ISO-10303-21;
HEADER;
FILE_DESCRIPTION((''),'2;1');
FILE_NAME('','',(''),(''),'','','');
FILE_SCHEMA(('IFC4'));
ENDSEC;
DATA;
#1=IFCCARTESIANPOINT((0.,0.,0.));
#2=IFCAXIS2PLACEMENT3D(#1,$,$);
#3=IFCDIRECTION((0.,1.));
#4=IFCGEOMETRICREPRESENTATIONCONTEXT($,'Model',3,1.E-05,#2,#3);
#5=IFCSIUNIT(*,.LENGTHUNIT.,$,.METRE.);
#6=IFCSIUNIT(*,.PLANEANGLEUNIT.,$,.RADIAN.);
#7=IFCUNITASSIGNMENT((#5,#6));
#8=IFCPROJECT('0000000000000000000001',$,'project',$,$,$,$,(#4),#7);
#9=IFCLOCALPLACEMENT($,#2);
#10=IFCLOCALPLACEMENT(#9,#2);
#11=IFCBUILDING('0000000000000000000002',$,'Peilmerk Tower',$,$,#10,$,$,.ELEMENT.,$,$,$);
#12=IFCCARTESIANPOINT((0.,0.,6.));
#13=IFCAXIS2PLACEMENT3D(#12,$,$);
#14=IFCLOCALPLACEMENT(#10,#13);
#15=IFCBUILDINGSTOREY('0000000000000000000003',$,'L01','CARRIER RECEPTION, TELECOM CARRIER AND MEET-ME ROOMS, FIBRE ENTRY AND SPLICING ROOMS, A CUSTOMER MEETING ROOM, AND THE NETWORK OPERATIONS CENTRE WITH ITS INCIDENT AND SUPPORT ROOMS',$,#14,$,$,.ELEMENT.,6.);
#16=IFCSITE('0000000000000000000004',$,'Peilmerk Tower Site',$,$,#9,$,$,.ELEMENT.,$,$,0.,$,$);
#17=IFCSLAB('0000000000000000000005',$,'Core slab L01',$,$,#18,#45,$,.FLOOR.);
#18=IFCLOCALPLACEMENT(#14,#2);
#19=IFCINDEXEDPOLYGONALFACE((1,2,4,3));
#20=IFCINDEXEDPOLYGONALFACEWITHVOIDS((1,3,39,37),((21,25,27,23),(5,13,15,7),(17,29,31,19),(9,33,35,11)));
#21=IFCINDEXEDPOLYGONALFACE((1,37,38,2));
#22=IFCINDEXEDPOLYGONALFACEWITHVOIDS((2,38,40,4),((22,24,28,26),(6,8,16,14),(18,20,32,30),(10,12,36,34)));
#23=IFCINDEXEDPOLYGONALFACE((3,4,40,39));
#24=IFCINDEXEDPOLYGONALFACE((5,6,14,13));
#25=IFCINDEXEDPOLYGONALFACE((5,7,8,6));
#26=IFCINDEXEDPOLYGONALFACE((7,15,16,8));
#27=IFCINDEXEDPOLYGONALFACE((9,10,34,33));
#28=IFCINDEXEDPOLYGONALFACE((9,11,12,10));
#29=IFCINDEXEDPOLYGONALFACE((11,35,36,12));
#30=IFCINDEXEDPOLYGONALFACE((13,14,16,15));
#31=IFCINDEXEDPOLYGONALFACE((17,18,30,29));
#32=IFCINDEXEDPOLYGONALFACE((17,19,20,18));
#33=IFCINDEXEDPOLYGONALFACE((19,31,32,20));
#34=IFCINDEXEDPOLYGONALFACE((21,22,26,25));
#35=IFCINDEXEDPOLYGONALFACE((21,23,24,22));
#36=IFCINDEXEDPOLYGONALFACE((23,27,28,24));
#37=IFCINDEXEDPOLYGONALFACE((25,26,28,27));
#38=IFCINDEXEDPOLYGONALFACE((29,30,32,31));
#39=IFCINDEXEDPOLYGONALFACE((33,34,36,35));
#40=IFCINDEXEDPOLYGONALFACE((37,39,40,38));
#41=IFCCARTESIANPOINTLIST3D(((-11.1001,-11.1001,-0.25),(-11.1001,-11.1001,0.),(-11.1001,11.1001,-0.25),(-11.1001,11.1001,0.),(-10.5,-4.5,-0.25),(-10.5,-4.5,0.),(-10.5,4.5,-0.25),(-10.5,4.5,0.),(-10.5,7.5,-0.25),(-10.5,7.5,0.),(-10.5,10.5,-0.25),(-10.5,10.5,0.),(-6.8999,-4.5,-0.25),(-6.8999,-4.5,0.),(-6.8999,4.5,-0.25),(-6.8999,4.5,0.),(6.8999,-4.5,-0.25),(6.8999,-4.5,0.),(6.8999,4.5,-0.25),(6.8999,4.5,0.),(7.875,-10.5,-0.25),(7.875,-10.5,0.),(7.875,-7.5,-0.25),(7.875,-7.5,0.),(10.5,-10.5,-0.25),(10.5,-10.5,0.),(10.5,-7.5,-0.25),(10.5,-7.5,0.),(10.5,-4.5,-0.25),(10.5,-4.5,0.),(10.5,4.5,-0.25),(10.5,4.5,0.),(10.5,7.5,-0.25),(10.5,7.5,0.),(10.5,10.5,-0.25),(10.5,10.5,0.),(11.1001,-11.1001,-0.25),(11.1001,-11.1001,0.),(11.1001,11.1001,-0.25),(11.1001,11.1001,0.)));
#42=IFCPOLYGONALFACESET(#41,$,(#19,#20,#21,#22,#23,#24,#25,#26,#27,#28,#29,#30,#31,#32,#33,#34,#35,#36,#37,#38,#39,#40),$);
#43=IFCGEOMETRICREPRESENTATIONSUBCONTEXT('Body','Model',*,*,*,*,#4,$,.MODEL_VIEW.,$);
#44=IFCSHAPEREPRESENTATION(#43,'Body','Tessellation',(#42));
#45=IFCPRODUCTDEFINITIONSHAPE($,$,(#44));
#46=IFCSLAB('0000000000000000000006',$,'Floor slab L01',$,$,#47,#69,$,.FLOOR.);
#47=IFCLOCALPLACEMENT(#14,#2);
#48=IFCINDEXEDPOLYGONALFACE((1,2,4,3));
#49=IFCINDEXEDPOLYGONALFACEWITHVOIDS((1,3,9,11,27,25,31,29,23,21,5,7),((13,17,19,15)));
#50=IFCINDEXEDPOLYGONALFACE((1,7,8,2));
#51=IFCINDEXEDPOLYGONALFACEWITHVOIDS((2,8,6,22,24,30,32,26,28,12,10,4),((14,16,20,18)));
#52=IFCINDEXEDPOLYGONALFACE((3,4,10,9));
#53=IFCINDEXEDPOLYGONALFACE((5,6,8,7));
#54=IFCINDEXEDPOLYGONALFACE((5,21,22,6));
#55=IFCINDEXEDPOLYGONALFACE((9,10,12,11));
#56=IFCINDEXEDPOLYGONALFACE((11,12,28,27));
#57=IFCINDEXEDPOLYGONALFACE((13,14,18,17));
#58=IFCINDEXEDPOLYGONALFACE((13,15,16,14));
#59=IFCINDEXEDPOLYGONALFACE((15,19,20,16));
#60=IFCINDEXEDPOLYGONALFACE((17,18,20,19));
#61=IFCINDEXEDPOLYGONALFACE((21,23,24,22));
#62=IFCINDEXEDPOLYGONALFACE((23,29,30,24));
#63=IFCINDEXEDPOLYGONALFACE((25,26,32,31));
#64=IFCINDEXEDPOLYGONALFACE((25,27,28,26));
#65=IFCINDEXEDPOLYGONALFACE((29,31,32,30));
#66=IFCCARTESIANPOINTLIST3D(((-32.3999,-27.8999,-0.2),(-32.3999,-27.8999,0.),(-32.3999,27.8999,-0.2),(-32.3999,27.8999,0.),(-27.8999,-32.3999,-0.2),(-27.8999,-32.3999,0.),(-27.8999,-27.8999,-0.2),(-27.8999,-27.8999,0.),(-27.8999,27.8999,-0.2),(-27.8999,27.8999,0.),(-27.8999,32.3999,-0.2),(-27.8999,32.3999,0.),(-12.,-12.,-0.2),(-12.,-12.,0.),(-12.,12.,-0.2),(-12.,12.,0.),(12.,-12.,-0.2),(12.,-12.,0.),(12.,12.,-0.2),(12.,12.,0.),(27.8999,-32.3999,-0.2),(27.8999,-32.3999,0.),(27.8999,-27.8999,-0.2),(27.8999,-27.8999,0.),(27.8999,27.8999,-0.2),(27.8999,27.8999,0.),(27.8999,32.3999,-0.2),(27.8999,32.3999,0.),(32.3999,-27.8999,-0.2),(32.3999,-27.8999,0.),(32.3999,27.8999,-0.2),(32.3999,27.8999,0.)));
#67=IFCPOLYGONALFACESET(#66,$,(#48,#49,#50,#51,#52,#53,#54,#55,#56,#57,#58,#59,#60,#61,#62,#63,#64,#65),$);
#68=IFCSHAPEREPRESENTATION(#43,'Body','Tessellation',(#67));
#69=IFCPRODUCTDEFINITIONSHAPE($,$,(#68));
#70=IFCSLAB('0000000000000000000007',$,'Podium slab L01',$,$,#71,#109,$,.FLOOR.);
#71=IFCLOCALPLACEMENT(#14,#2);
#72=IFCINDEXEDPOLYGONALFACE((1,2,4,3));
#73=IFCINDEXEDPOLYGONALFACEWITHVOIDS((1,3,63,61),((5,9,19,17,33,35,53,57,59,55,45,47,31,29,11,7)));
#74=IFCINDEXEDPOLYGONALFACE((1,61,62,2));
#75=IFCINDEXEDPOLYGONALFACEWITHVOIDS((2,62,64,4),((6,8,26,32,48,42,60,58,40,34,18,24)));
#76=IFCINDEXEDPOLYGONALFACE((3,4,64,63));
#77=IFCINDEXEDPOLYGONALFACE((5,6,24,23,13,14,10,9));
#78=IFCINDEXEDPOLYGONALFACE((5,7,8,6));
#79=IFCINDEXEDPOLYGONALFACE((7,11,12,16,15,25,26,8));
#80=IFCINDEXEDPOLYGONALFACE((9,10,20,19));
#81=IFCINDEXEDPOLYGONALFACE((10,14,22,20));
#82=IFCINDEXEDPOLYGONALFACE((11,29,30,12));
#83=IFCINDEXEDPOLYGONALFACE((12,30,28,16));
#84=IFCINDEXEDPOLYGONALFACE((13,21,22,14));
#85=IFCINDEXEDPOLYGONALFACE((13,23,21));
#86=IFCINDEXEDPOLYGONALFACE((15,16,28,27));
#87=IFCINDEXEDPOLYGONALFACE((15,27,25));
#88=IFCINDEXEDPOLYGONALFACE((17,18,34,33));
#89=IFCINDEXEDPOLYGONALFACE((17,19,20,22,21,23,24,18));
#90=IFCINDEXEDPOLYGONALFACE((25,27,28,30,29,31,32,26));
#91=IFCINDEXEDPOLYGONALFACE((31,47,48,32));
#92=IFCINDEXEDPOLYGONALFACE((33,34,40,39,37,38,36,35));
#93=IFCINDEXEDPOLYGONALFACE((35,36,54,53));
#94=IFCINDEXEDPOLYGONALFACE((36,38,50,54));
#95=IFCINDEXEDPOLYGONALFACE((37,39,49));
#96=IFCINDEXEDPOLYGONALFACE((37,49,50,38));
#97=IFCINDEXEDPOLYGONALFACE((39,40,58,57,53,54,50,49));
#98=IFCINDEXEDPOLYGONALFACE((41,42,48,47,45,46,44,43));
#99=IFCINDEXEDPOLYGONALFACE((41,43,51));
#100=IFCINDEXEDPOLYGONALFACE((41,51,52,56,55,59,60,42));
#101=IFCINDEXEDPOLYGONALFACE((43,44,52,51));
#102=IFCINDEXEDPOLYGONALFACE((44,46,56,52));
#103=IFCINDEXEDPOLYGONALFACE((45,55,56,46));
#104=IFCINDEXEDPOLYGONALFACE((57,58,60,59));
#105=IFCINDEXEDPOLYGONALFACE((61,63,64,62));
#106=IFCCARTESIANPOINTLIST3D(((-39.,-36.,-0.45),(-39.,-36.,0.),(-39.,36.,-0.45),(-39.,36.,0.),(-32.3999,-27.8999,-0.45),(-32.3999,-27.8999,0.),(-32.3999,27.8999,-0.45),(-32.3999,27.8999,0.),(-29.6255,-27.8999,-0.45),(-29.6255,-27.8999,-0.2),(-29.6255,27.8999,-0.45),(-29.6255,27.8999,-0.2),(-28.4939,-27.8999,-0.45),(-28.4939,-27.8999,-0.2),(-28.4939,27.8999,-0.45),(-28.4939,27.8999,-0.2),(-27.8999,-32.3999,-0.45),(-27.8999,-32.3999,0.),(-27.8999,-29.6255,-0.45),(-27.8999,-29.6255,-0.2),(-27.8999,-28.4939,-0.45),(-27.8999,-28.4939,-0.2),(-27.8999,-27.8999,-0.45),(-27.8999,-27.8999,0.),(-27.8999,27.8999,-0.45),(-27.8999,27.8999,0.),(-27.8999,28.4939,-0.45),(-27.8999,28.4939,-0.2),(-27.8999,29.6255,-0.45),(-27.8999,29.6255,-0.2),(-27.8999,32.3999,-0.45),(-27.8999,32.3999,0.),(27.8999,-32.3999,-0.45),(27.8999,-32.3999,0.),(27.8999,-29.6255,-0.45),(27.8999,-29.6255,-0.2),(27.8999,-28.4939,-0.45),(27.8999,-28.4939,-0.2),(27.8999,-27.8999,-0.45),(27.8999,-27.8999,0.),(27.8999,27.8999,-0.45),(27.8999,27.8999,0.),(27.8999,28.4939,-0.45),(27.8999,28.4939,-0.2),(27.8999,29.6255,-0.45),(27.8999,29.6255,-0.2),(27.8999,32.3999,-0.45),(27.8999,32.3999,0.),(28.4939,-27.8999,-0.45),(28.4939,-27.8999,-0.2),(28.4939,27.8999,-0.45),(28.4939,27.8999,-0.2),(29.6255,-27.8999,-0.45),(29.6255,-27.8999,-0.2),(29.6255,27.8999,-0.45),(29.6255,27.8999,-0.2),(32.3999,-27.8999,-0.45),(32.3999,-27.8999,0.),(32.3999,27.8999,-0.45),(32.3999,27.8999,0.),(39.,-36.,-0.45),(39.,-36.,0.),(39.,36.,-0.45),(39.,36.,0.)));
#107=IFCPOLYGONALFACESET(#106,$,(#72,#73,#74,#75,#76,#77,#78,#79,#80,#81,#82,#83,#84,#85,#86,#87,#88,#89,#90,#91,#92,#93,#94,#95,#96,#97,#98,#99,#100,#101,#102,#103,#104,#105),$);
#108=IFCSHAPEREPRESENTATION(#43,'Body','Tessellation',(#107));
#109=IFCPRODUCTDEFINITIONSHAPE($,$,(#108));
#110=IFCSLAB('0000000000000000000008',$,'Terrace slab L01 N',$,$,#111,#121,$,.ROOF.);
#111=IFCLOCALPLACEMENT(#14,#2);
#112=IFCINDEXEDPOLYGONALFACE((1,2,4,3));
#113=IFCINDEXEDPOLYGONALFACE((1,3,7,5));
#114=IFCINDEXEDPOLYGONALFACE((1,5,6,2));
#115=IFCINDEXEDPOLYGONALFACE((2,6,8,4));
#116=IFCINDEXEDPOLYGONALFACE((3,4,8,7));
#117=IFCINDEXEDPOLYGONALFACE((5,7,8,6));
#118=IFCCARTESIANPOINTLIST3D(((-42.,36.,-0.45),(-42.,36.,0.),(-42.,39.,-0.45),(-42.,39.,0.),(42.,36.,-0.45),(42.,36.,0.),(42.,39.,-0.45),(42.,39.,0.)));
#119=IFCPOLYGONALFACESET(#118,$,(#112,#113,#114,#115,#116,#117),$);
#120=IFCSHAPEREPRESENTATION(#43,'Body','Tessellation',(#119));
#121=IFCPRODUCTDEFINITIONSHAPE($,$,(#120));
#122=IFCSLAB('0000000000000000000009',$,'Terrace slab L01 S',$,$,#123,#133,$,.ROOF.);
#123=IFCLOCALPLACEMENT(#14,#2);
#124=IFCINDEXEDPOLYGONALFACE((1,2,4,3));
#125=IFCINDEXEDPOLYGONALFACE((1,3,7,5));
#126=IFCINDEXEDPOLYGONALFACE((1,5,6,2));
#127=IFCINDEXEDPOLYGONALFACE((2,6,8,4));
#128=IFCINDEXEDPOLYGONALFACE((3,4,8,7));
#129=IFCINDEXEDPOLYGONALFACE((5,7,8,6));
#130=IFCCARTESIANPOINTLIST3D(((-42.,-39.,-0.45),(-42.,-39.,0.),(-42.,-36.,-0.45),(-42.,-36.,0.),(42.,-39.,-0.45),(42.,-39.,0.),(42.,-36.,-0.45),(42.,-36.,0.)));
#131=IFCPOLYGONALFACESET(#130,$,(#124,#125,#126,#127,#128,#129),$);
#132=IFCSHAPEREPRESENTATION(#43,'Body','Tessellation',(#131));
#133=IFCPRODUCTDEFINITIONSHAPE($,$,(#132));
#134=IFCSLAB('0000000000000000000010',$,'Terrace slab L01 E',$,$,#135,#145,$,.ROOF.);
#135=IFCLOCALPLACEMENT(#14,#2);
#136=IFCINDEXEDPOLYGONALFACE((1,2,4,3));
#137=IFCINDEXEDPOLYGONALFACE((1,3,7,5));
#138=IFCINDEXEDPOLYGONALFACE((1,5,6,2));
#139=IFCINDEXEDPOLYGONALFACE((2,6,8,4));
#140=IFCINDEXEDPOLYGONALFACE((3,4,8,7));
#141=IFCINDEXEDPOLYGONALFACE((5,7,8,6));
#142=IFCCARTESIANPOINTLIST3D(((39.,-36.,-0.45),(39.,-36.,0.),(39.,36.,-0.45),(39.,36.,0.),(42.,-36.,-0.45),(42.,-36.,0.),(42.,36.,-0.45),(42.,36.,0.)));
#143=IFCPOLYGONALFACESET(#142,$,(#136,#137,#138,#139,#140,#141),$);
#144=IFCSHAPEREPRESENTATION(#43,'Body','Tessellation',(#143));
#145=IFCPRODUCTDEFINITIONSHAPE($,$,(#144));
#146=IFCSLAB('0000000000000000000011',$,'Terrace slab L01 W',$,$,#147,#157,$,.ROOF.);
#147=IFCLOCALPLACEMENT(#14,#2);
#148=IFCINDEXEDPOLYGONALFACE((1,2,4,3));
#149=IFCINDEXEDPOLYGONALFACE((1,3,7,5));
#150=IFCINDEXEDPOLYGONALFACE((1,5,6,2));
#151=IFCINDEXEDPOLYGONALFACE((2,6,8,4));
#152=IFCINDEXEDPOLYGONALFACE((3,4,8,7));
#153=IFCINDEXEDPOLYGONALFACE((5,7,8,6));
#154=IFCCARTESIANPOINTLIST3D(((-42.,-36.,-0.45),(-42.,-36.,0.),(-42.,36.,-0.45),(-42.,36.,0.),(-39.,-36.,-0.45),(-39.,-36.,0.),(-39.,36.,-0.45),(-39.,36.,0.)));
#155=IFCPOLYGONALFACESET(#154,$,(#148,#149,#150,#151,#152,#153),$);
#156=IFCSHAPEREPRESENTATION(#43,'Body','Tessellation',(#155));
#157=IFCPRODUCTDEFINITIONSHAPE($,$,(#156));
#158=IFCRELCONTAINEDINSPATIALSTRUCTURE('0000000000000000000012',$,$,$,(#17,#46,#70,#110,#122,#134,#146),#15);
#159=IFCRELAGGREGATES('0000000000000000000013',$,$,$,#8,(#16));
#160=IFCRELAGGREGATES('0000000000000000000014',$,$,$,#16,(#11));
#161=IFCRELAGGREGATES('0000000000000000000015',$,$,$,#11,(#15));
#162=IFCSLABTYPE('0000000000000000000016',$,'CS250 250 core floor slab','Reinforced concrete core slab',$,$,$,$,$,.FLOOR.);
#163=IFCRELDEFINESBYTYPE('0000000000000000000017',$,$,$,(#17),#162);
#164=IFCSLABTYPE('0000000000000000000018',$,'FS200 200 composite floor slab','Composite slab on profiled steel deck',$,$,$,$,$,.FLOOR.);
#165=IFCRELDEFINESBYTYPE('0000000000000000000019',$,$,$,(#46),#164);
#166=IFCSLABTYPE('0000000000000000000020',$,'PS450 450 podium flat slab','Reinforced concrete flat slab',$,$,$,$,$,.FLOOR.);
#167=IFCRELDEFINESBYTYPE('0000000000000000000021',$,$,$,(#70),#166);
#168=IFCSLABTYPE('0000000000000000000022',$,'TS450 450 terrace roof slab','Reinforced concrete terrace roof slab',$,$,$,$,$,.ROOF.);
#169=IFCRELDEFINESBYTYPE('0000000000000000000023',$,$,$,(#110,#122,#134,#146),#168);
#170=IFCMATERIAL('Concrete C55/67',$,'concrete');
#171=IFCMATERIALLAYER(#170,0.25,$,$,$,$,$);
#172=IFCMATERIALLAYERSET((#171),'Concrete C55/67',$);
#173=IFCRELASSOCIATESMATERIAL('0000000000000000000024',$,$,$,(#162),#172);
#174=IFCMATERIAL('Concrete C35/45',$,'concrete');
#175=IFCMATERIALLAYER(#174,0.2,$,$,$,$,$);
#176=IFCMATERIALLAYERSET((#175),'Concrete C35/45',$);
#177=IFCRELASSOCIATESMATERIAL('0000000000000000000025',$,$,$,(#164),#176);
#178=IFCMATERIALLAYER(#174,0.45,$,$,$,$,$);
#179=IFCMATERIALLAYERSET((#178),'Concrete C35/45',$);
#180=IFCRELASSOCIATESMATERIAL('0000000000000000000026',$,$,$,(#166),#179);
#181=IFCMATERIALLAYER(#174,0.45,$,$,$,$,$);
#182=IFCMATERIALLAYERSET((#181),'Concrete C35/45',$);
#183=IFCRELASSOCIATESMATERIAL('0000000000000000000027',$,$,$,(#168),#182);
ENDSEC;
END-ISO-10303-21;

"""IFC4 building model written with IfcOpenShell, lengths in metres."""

from ifc_helpers import new_model, si_unit, direction, frame, origin, place, context, subcontext, project, spatial, polyline, outline, extrude, boolean, material, layer, layer_set, type_object, element, save


model = new_model("IFC4")

# Units and contexts
model_context = context("Model", 3, precision=1e-05, world=origin(), true_north=direction((0.0, 1.0)))
body_context = subcontext(model_context, "Body", "Model", "MODEL_VIEW")
ifc_project = project(units=[si_unit("LENGTHUNIT", "METRE"), si_unit("PLANEANGLEUNIT", "RADIAN")], contexts=[model_context])

# Site, building, storey
site_placement = place(None, origin())
site = spatial("IfcSite", under=ifc_project, at=site_placement, Name="Peilmerk Tower Site", CompositionType="ELEMENT", RefElevation=0.0)
building_placement = place(site_placement, origin())
building = spatial("IfcBuilding", under=site, at=building_placement, Name="Peilmerk Tower", CompositionType="ELEMENT")
storey_placement = place(building_placement, frame((0.0, 0.0, 6.0)))
storey = spatial("IfcBuildingStorey", under=building, at=storey_placement, Name="L01", Description="CARRIER RECEPTION, TELECOM CARRIER AND MEET-ME ROOMS, FIBRE ENTRY AND SPLICING ROOMS, A CUSTOMER MEETING ROOM, AND THE NETWORK OPERATIONS CENTRE WITH ITS INCIDENT AND SUPPORT ROOMS", CompositionType="ELEMENT", Elevation=6.0)

# Slabs
ifc_material_1 = material(Name="Concrete C55/67", Category="concrete")
ifc_layer_1 = layer(ifc_material_1, 0.25)
ifc_layer_set_1 = layer_set([ifc_layer_1], Name="Concrete C55/67")
slab_type_1 = type_object("IfcSlabType", Name="CS250 250 core floor slab", Description="Reinforced concrete core slab", PredefinedType="FLOOR", material=ifc_layer_set_1)
slab_1_placement = place(storey_placement, frame((0.0, 0.0, -0.25)))
element("IfcSlab", 1, at=slab_1_placement, inside=storey, type_object=slab_type_1, Name="Core slab L01", PredefinedType="FLOOR", context=body_context, shape_type="SweptSolid", body=[
    extrude(outline(polyline([(-11.1001, 11.1001), (-11.1001, -11.1001), (11.1001, -11.1001), (11.1001, 11.1001), (-11.1001, 11.1001)]), holes=[polyline([(10.5, 7.5), (-10.5, 7.5), (-10.5, 10.5), (10.5, 10.5), (10.5, 7.5)]), polyline([(7.875, -10.5), (7.875, -7.5), (10.5, -7.5), (10.5, -10.5), (7.875, -10.5)]), polyline([(-10.5, 4.5), (-6.8999, 4.5), (-6.8999, -4.5), (-10.5, -4.5), (-10.5, 4.5)]), polyline([(10.5, 4.5), (10.5, -4.5), (6.8999, -4.5), (6.8999, 4.5), (10.5, 4.5)])]), origin(), (0.0, 0.0, 1.0), 0.25),
])
ifc_material_2 = material(Name="Concrete C35/45", Category="concrete")
ifc_layer_2 = layer(ifc_material_2, 0.2)
ifc_layer_set_2 = layer_set([ifc_layer_2], Name="Concrete C35/45")
slab_type_2 = type_object("IfcSlabType", Name="FS200 200 composite floor slab", Description="Composite slab on profiled steel deck", PredefinedType="FLOOR", material=ifc_layer_set_2)
slab_2_placement = place(storey_placement, frame((0.0, 0.0, -0.2)))
element("IfcSlab", 2, at=slab_2_placement, inside=storey, type_object=slab_type_2, Name="Floor slab L01", PredefinedType="FLOOR", context=body_context, shape_type="SweptSolid", body=[
    extrude(outline(polyline([(-27.8999, -32.3999), (27.8999, -32.3999), (27.8999, -27.8999), (32.3999, -27.8999), (32.3999, 27.8999), (27.8999, 27.8999), (27.8999, 32.3999), (-27.8999, 32.3999), (-27.8999, 27.8999), (-32.3999, 27.8999), (-32.3999, -27.8999), (-27.8999, -27.8999), (-27.8999, -32.3999)]), holes=[polyline([(12.0, 12.0), (12.0, -12.0), (-12.0, -12.0), (-12.0, 12.0), (12.0, 12.0)])]), origin(), (0.0, 0.0, 1.0), 0.2),
])
ifc_layer_3 = layer(ifc_material_2, 0.45)
ifc_layer_set_3 = layer_set([ifc_layer_3], Name="Concrete C35/45")
slab_type_3 = type_object("IfcSlabType", Name="PS450 450 podium flat slab", Description="Reinforced concrete flat slab", PredefinedType="FLOOR", material=ifc_layer_set_3)
slab_3_placement = place(storey_placement, frame((0.0, 0.0, -0.45)))
element("IfcSlab", 3, at=slab_3_placement, inside=storey, type_object=slab_type_3, Name="Podium slab L01", PredefinedType="FLOOR", context=body_context, shape_type="CSG", body=[
    boolean("DIFFERENCE", boolean("DIFFERENCE", boolean("DIFFERENCE", boolean("DIFFERENCE", extrude(outline(polyline([(-39.0, 36.0), (-39.0, -36.0), (39.0, -36.0), (39.0, 36.0), (-39.0, 36.0)]), holes=[polyline([(27.8999, -27.8999), (27.8999, -32.3999), (-27.8999, -32.3999), (-27.8999, -27.8999), (-32.3999, -27.8999), (-32.3999, 27.8999), (-27.8999, 27.8999), (-27.8999, 32.3999), (27.8999, 32.3999), (27.8999, 27.8999), (32.3999, 27.8999), (32.3999, -27.8999), (27.8999, -27.8999)])]), origin(), (0.0, 0.0, 1.0), 0.45), extrude(outline(polyline([(28.4939, 27.8999), (27.8999, 28.4939), (27.8999, 29.6255), (29.6255, 27.8999), (28.4939, 27.8999)])), frame((0.0, 0.0, -0.01)), (0.0, 0.0, 1.0), 0.26)), extrude(outline(polyline([(29.6255, -27.8999), (27.8999, -29.6255), (27.8999, -28.4939), (28.4939, -27.8999), (29.6255, -27.8999)])), frame((0.0, 0.0, -0.01)), (0.0, 0.0, 1.0), 0.26)), extrude(outline(polyline([(-28.4939, -27.8999), (-27.8999, -28.4939), (-27.8999, -29.6255), (-29.6255, -27.8999), (-28.4939, -27.8999)])), frame((0.0, 0.0, -0.01)), (0.0, 0.0, 1.0), 0.26)), extrude(outline(polyline([(-27.8999, 28.4939), (-28.4939, 27.8999), (-29.6255, 27.8999), (-27.8999, 29.6255), (-27.8999, 28.4939)])), frame((0.0, 0.0, -0.01)), (0.0, 0.0, 1.0), 0.26)),
])
ifc_layer_4 = layer(ifc_material_2, 0.45)
ifc_layer_set_4 = layer_set([ifc_layer_4], Name="Concrete C35/45")
slab_type_4 = type_object("IfcSlabType", Name="TS450 450 terrace roof slab", Description="Reinforced concrete terrace roof slab", PredefinedType="ROOF", material=ifc_layer_set_4)
slab_4_placement = place(storey_placement, frame((0.0, 0.0, -0.45)))
element("IfcSlab", 4, at=slab_4_placement, inside=storey, type_object=slab_type_4, Name="Terrace slab L01 N", PredefinedType="ROOF", context=body_context, shape_type="SweptSolid", body=[
    extrude(outline(polyline([(42.0, 39.0), (-42.0, 39.0), (-42.0, 36.0), (42.0, 36.0), (42.0, 39.0)])), origin(), (0.0, 0.0, 1.0), 0.45),
])
slab_5_placement = place(storey_placement, frame((0.0, 0.0, -0.45)))
element("IfcSlab", 5, at=slab_5_placement, inside=storey, type_object=slab_type_4, Name="Terrace slab L01 S", PredefinedType="ROOF", context=body_context, shape_type="SweptSolid", body=[
    extrude(outline(polyline([(42.0, -39.0), (42.0, -36.0), (-42.0, -36.0), (-42.0, -39.0), (42.0, -39.0)])), origin(), (0.0, 0.0, 1.0), 0.45),
])
slab_6_placement = place(storey_placement, frame((0.0, 0.0, -0.45)))
element("IfcSlab", 6, at=slab_6_placement, inside=storey, type_object=slab_type_4, Name="Terrace slab L01 E", PredefinedType="ROOF", context=body_context, shape_type="SweptSolid", body=[
    extrude(outline(polyline([(42.0, -36.0), (42.0, 36.0), (39.0, 36.0), (39.0, -36.0), (42.0, -36.0)])), origin(), (0.0, 0.0, 1.0), 0.45),
])
slab_7_placement = place(storey_placement, frame((0.0, 0.0, -0.45)))
element("IfcSlab", 7, at=slab_7_placement, inside=storey, type_object=slab_type_4, Name="Terrace slab L01 W", PredefinedType="ROOF", context=body_context, shape_type="SweptSolid", body=[
    extrude(outline(polyline([(-42.0, 36.0), (-42.0, -36.0), (-39.0, -36.0), (-39.0, 36.0), (-42.0, 36.0)])), origin(), (0.0, 0.0, 1.0), 0.45),
])

save(model, "model.ifc")
